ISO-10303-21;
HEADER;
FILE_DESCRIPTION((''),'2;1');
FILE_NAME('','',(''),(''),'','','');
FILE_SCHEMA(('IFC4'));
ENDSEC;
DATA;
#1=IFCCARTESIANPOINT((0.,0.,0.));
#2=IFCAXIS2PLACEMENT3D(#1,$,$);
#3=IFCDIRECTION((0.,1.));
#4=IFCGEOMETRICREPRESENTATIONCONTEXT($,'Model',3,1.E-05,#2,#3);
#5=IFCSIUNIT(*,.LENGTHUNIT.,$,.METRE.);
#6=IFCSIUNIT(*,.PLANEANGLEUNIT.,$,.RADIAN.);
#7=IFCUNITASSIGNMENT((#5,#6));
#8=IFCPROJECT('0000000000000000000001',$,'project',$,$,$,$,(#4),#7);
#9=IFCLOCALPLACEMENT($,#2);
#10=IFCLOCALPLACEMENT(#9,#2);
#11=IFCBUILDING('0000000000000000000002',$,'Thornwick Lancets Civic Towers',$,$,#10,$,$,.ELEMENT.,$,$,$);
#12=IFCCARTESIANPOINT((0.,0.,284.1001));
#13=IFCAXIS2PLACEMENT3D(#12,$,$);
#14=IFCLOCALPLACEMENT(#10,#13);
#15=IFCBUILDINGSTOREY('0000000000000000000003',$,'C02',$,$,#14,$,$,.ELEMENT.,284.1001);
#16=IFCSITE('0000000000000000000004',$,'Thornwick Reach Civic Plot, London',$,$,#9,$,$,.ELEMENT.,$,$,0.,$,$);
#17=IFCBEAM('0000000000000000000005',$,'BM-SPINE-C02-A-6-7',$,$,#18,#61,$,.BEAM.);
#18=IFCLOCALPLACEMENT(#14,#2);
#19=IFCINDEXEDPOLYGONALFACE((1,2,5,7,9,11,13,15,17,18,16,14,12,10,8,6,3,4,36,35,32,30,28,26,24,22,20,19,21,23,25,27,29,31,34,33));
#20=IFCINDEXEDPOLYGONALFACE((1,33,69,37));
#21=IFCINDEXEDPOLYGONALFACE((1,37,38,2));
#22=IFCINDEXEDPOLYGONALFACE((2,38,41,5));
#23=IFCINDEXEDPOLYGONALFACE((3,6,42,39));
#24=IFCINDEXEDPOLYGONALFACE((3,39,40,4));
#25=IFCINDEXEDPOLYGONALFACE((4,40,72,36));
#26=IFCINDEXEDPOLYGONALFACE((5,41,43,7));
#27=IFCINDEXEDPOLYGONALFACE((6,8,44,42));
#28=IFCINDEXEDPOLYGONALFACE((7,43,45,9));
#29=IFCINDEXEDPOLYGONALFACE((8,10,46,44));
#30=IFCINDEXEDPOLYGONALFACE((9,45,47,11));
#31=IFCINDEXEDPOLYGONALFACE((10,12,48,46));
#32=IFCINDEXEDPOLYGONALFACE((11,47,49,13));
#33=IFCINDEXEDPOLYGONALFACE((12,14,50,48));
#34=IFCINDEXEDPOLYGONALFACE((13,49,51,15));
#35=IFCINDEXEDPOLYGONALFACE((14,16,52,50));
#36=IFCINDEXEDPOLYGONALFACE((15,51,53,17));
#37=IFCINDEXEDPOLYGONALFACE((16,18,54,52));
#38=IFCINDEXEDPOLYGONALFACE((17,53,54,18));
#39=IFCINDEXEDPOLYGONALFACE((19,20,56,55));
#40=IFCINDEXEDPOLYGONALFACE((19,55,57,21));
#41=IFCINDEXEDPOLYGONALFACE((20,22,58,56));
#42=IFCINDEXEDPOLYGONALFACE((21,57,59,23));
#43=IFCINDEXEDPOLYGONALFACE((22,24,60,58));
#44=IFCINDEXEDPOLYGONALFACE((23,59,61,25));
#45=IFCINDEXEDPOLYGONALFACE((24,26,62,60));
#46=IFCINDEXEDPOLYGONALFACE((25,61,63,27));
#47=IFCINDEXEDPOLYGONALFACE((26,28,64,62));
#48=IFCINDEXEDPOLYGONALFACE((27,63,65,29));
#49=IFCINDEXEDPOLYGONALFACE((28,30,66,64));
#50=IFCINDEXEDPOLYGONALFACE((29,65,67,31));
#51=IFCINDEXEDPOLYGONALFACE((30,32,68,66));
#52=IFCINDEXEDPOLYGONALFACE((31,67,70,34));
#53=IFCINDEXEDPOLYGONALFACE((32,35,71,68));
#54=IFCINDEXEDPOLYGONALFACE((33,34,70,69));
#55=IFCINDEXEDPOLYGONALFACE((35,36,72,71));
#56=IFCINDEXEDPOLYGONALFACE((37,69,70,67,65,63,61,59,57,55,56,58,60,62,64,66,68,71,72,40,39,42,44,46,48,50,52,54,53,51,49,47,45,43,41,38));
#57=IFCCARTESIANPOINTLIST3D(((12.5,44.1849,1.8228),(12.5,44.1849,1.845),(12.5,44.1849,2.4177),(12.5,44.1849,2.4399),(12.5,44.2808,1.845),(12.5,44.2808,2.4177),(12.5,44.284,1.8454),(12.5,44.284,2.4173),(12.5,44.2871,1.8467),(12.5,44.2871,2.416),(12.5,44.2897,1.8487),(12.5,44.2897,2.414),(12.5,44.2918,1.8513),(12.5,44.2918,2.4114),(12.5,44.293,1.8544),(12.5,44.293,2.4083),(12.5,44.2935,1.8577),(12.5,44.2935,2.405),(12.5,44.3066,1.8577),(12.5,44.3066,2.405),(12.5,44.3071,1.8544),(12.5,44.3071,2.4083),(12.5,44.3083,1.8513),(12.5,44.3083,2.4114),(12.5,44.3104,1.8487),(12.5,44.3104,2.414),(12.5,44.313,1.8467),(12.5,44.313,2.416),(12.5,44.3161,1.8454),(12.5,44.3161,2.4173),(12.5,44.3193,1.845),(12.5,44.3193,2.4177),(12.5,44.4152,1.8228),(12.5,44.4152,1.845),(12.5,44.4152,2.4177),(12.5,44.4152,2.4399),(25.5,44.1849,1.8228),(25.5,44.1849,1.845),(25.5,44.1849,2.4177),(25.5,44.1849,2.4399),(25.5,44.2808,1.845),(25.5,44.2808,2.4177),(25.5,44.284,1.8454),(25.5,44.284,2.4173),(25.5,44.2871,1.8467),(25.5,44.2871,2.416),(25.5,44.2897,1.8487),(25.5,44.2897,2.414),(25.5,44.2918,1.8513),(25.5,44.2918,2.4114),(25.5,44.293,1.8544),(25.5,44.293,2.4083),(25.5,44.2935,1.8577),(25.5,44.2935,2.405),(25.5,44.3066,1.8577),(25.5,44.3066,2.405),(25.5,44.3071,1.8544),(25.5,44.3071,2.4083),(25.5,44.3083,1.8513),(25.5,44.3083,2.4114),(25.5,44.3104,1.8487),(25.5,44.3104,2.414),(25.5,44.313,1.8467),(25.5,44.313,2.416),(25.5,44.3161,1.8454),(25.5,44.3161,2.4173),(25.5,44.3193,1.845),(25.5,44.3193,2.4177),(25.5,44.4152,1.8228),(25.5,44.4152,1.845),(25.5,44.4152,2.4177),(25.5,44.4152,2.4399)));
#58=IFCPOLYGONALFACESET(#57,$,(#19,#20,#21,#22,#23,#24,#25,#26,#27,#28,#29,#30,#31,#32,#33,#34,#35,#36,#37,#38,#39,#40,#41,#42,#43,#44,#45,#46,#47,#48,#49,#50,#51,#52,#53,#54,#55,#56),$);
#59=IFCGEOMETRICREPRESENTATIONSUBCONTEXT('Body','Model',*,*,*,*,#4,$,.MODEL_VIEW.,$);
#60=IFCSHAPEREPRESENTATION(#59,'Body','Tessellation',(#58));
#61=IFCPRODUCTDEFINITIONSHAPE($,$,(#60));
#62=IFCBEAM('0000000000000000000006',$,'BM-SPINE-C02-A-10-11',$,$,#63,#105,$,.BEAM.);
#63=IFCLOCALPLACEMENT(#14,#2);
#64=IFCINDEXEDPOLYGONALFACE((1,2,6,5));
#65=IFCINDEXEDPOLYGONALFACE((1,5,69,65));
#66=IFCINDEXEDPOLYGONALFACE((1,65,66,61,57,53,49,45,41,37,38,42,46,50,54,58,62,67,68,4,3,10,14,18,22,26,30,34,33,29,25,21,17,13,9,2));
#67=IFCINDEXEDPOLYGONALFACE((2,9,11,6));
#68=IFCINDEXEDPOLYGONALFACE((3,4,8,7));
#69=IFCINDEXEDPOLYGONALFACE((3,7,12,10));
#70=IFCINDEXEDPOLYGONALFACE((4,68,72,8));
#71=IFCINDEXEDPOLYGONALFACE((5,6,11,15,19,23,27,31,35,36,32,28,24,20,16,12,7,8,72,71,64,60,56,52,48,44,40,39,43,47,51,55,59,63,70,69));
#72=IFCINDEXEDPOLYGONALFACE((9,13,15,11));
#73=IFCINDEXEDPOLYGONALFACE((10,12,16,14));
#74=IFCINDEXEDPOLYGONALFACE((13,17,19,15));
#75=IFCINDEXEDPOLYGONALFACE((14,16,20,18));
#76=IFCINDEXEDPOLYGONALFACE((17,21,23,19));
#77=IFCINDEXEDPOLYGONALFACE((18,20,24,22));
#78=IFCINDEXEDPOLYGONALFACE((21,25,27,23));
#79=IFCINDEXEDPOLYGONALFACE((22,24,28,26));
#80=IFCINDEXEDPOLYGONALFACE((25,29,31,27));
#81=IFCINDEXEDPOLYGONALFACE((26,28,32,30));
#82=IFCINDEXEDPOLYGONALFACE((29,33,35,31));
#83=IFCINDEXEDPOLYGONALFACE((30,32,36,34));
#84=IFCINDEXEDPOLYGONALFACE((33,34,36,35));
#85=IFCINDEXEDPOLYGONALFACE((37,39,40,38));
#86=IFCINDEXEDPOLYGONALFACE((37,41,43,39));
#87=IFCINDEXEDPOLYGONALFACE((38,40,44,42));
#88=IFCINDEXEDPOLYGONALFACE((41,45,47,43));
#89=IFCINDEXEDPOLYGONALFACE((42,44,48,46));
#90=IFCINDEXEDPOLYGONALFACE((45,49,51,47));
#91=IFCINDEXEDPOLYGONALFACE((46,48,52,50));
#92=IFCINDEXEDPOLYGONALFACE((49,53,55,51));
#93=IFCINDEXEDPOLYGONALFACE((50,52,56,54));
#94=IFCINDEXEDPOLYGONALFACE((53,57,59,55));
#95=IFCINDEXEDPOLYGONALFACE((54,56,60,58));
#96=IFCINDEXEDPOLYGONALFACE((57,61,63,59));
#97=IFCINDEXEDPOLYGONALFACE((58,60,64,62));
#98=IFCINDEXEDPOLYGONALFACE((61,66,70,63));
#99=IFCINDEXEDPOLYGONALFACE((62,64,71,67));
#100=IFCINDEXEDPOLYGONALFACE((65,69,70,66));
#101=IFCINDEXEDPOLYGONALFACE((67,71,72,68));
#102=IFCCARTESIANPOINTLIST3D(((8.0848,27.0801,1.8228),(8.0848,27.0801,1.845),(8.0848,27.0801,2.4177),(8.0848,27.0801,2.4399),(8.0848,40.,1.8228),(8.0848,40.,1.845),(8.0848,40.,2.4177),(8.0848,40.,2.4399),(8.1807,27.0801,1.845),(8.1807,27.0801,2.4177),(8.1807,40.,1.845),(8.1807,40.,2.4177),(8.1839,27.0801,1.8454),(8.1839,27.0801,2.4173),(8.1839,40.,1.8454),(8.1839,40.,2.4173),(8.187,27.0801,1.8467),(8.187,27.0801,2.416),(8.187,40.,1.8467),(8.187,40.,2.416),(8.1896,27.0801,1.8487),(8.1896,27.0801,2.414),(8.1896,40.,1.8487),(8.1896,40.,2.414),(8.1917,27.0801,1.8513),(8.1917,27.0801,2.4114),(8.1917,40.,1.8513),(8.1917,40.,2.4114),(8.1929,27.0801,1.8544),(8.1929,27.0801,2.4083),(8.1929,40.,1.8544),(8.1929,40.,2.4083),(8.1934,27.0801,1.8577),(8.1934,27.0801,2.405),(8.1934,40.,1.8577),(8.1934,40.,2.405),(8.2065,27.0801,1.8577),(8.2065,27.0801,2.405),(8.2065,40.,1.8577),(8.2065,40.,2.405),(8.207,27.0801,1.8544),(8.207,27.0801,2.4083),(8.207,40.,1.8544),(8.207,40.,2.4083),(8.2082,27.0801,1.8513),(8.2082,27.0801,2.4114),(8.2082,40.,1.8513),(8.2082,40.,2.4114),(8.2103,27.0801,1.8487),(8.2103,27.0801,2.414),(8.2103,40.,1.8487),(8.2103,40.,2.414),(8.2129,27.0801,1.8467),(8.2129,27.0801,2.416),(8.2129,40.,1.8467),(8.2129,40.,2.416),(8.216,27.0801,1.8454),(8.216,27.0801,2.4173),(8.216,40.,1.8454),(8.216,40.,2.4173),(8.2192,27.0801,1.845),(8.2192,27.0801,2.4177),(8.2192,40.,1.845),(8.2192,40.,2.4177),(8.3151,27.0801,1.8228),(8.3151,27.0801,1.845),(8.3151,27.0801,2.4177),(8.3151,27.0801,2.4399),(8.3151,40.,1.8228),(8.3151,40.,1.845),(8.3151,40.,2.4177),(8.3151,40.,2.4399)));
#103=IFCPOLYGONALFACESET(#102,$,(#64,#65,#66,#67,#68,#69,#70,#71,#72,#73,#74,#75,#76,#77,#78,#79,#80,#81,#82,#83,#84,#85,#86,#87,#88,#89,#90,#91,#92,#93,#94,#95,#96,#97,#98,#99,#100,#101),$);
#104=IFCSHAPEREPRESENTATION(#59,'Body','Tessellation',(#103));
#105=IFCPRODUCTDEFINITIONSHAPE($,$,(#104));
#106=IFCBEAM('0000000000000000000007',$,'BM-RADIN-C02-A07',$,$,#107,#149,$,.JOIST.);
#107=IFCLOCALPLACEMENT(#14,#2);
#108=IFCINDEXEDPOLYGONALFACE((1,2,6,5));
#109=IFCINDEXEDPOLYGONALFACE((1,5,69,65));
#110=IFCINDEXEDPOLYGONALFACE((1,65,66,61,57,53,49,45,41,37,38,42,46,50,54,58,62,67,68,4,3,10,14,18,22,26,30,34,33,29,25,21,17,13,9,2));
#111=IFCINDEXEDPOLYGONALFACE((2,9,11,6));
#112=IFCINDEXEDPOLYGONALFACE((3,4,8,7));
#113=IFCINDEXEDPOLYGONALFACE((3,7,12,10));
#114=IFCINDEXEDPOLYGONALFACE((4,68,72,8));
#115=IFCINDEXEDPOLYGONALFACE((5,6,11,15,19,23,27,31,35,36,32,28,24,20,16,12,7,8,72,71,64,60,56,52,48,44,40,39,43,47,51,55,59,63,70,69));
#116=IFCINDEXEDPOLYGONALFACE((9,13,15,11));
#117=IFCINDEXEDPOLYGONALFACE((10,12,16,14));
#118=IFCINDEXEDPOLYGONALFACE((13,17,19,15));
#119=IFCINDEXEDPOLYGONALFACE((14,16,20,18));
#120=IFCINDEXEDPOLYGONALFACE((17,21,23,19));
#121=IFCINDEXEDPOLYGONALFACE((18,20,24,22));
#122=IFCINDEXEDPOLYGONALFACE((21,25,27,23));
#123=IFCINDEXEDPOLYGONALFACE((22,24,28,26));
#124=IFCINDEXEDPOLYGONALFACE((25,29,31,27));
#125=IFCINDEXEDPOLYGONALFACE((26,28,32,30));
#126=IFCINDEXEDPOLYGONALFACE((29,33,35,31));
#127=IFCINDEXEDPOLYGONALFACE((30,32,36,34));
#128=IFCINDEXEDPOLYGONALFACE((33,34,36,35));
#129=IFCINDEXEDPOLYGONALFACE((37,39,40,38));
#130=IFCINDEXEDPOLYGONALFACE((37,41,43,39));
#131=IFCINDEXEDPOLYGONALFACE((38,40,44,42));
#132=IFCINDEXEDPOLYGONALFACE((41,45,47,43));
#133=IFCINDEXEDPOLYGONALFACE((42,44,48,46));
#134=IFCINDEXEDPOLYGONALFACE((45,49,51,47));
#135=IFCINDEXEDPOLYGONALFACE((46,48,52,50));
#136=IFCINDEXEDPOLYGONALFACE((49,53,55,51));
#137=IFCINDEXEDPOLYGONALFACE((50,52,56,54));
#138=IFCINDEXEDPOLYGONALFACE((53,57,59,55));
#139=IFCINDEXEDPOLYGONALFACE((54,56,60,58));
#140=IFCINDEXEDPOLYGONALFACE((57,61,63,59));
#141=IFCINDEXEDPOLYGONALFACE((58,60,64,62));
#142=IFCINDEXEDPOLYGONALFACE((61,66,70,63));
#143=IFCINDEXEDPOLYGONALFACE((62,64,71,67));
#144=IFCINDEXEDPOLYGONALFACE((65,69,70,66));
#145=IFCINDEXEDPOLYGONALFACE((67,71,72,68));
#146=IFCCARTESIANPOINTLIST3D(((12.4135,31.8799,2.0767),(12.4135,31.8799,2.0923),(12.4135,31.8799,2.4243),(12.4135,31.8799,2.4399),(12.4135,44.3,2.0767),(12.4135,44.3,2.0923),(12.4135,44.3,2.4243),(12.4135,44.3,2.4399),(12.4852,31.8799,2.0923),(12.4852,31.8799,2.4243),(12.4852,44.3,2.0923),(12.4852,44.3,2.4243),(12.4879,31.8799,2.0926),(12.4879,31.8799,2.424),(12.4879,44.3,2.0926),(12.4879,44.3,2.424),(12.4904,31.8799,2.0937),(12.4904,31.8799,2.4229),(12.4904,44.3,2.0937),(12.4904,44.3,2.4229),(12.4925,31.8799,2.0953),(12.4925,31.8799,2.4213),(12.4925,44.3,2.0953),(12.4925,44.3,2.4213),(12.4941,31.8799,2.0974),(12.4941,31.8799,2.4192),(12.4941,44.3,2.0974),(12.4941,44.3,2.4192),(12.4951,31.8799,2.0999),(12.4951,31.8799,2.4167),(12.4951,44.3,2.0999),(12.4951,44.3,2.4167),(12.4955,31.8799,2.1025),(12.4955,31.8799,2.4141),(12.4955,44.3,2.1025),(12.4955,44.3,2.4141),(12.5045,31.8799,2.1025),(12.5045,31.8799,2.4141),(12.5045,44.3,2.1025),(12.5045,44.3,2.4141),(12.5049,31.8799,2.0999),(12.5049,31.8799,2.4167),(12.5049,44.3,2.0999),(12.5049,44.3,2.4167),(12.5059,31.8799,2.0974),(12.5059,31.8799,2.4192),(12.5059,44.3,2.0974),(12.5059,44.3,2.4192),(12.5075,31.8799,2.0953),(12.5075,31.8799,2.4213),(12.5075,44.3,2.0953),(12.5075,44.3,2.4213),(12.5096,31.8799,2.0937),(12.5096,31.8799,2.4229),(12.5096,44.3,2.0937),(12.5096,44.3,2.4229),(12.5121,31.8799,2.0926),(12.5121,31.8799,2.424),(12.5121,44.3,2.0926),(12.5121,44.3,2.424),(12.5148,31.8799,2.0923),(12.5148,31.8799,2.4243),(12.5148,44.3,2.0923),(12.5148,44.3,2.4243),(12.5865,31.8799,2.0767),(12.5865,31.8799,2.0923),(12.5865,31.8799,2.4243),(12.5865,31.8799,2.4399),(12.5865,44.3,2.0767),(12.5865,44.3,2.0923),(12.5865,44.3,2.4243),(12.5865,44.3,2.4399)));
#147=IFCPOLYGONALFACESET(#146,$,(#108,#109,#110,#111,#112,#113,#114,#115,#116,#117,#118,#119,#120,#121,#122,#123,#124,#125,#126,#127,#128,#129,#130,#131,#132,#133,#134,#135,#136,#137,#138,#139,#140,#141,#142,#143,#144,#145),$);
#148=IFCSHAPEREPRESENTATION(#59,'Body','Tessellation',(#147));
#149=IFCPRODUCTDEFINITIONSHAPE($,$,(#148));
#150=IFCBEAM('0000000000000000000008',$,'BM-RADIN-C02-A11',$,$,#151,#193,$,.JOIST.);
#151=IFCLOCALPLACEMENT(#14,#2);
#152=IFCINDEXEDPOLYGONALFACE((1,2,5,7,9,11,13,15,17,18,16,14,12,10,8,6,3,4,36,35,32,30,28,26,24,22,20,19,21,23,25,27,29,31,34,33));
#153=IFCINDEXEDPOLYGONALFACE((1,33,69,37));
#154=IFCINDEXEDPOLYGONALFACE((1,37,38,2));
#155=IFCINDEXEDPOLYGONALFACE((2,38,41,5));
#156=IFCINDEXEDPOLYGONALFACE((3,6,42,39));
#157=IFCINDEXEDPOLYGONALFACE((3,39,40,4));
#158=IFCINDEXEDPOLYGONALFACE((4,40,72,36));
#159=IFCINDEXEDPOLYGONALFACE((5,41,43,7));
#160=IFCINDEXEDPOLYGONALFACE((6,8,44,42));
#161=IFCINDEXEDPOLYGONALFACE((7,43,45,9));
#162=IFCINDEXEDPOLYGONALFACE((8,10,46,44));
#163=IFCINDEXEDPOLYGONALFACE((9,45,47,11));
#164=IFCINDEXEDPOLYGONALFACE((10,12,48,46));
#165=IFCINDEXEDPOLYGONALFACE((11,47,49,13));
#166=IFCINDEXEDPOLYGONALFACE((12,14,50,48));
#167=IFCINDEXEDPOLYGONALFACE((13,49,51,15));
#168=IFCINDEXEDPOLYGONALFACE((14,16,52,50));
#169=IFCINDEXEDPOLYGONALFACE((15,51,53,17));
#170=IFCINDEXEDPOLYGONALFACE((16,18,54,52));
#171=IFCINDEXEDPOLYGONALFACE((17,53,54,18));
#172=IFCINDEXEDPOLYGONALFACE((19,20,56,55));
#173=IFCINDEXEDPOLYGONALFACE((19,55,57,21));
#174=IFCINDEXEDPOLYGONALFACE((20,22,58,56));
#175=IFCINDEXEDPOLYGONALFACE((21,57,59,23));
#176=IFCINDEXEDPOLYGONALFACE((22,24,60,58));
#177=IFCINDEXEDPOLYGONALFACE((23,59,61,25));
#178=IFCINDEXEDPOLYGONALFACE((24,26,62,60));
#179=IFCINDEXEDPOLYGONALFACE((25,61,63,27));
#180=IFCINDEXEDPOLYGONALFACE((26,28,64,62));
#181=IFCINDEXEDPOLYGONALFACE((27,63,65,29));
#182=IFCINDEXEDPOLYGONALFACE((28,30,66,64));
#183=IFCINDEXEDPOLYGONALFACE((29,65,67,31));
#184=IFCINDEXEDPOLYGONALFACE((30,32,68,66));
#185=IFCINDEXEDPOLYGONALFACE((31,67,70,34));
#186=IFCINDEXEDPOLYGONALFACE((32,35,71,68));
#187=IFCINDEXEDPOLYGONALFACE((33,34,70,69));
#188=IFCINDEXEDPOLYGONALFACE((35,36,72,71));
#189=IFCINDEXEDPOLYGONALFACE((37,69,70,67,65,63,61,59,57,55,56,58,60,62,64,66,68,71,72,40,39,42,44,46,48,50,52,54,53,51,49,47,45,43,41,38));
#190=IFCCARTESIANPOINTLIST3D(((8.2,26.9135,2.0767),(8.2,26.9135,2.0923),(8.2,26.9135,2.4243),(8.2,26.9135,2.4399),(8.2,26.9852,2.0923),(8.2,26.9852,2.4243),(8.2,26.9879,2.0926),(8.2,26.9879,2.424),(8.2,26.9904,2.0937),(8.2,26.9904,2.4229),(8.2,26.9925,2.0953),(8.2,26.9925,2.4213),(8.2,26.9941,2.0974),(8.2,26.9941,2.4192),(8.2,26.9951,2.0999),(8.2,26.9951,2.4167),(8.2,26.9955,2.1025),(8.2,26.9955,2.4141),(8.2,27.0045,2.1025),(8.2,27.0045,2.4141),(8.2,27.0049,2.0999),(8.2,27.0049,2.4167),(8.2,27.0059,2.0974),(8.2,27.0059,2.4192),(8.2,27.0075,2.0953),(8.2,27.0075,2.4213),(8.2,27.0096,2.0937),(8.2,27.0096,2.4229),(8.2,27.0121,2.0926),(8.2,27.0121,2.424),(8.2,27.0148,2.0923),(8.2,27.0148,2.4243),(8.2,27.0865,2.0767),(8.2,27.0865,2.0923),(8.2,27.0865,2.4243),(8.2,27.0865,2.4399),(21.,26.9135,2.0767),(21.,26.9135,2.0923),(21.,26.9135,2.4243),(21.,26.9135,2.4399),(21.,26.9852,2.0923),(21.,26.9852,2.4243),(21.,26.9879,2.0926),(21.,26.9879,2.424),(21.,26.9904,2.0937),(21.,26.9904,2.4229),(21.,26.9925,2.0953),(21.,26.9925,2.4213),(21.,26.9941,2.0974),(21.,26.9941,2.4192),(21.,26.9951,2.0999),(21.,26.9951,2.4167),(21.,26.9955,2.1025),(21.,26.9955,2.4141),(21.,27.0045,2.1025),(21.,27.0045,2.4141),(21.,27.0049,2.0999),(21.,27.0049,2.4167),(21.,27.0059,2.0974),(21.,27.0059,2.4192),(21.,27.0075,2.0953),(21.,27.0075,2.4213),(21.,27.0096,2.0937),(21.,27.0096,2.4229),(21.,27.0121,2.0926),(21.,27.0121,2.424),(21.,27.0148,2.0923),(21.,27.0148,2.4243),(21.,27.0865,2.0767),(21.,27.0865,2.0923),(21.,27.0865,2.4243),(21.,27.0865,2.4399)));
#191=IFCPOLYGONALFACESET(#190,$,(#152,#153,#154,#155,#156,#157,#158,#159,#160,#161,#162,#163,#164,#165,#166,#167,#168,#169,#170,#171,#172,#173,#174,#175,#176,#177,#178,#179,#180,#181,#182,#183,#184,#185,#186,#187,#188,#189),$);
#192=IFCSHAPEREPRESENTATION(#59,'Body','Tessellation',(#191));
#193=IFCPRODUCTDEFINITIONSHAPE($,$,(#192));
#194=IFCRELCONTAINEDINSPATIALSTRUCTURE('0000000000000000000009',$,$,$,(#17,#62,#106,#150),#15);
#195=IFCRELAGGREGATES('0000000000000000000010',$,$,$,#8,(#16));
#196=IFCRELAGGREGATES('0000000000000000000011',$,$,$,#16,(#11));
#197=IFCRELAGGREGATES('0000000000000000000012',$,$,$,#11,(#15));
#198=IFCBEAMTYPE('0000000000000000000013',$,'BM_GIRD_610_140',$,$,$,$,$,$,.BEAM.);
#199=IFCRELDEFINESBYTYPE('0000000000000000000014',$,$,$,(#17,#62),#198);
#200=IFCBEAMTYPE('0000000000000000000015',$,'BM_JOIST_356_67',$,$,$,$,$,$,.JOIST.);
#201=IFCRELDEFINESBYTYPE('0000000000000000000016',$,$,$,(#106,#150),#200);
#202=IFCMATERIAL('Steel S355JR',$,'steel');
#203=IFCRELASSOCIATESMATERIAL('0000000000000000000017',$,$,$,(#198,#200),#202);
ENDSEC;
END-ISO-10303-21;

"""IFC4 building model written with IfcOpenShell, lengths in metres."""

from ifc_helpers import new_model, si_unit, direction, frame, origin, origin_2d, place, context, subcontext, project, spatial, i_section, extrude, material, material_profile, profile_set, type_object, element, save


model = new_model("IFC4")

# Units and contexts
model_context = context("Model", 3, precision=1e-05, world=origin(), true_north=direction((0.0, 1.0)))
body_context = subcontext(model_context, "Body", "Model", "MODEL_VIEW")
ifc_project = project(units=[si_unit("LENGTHUNIT", "METRE"), si_unit("PLANEANGLEUNIT", "RADIAN")], contexts=[model_context])

# Site, building, storey
site_placement = place(None, origin())
site = spatial("IfcSite", under=ifc_project, at=site_placement, Name="Thornwick Reach Civic Plot, London", CompositionType="ELEMENT", RefElevation=0.0)
building_placement = place(site_placement, origin())
building = spatial("IfcBuilding", under=site, at=building_placement, Name="Thornwick Lancets Civic Towers", CompositionType="ELEMENT")
storey_placement = place(building_placement, frame((0.0, 0.0, 284.1001)))
storey = spatial("IfcBuildingStorey", under=building, at=storey_placement, Name="C02", CompositionType="ELEMENT", Elevation=284.1001)

# Shared definitions
ifc_material_1 = material(Name="Steel S355JR", Category="steel")

# Beams
ifc_material_profile_1 = material_profile(ifc_material_1, i_section(OverallWidth=0.2302, OverallDepth=0.6172, WebThickness=0.0132, FlangeThickness=0.0222, FilletRadius=0.0127, at=origin_2d()), Name="UKB 610x229x140")
ifc_profile_set_1 = profile_set([ifc_material_profile_1], Name="Steel S355JR")
beam_type_1 = type_object("IfcBeamType", Name="BM_GIRD_610_140", PredefinedType="BEAM", material=ifc_profile_set_1)
beam_1_placement = place(storey_placement, frame((12.5, 44.3, 2.1313), z_axis=(1.0, 0.0, 0.0), x_axis=(0.0, 1.0, 0.0)))
element("IfcBeam", 1, at=beam_1_placement, inside=storey, type_object=beam_type_1, Name="BM-SPINE-C02-A-6-7", PredefinedType="BEAM", context=body_context, shape_type="SweptSolid", body=[
    extrude(i_section(OverallWidth=0.2302, OverallDepth=0.6172, WebThickness=0.0132, FlangeThickness=0.0222, FilletRadius=0.0127, at=origin_2d()), origin(), (0.0, 0.0, 1.0), 13.0),
])
beam_2_placement = place(storey_placement, frame((8.2, 27.0801, 2.1313), z_axis=(0.0, 1.0, 0.0), x_axis=(-1.0, 0.0, 0.0)))
element("IfcBeam", 2, at=beam_2_placement, inside=storey, type_object=beam_type_1, Name="BM-SPINE-C02-A-10-11", PredefinedType="BEAM", context=body_context, shape_type="SweptSolid", body=[
    extrude(i_section(OverallWidth=0.2302, OverallDepth=0.6172, WebThickness=0.0132, FlangeThickness=0.0222, FilletRadius=0.0127, at=origin_2d()), origin(), (0.0, 0.0, 1.0), 12.9199),
])
ifc_material_profile_2 = material_profile(ifc_material_1, i_section(OverallWidth=0.1731, OverallDepth=0.3633, WebThickness=0.009, FlangeThickness=0.0156, FilletRadius=0.0103, at=origin_2d()), Name="UKB 356x171x67")
ifc_profile_set_2 = profile_set([ifc_material_profile_2], Name="Steel S355JR")
beam_type_2 = type_object("IfcBeamType", Name="BM_JOIST_356_67", PredefinedType="JOIST", material=ifc_profile_set_2)
beam_3_placement = place(storey_placement, frame((12.5, 31.8799, 2.2583), z_axis=(0.0, 1.0, 0.0), x_axis=(-1.0, 0.0, 0.0)))
element("IfcBeam", 3, at=beam_3_placement, inside=storey, type_object=beam_type_2, Name="BM-RADIN-C02-A07", PredefinedType="JOIST", context=body_context, shape_type="SweptSolid", body=[
    extrude(i_section(OverallWidth=0.1731, OverallDepth=0.3633, WebThickness=0.009, FlangeThickness=0.0156, FilletRadius=0.0103, at=origin_2d()), origin(), (0.0, 0.0, 1.0), 12.4202),
])
beam_4_placement = place(storey_placement, frame((21.0, 27.0, 2.2583), z_axis=(-1.0, 0.0, 0.0), x_axis=(0.0, -1.0, 0.0)))
element("IfcBeam", 4, at=beam_4_placement, inside=storey, type_object=beam_type_2, Name="BM-RADIN-C02-A11", PredefinedType="JOIST", context=body_context, shape_type="SweptSolid", body=[
    extrude(i_section(OverallWidth=0.1731, OverallDepth=0.3633, WebThickness=0.009, FlangeThickness=0.0156, FilletRadius=0.0103, at=origin_2d()), origin(), (0.0, 0.0, 1.0), 12.8),
])

save(model, "model.ifc")
